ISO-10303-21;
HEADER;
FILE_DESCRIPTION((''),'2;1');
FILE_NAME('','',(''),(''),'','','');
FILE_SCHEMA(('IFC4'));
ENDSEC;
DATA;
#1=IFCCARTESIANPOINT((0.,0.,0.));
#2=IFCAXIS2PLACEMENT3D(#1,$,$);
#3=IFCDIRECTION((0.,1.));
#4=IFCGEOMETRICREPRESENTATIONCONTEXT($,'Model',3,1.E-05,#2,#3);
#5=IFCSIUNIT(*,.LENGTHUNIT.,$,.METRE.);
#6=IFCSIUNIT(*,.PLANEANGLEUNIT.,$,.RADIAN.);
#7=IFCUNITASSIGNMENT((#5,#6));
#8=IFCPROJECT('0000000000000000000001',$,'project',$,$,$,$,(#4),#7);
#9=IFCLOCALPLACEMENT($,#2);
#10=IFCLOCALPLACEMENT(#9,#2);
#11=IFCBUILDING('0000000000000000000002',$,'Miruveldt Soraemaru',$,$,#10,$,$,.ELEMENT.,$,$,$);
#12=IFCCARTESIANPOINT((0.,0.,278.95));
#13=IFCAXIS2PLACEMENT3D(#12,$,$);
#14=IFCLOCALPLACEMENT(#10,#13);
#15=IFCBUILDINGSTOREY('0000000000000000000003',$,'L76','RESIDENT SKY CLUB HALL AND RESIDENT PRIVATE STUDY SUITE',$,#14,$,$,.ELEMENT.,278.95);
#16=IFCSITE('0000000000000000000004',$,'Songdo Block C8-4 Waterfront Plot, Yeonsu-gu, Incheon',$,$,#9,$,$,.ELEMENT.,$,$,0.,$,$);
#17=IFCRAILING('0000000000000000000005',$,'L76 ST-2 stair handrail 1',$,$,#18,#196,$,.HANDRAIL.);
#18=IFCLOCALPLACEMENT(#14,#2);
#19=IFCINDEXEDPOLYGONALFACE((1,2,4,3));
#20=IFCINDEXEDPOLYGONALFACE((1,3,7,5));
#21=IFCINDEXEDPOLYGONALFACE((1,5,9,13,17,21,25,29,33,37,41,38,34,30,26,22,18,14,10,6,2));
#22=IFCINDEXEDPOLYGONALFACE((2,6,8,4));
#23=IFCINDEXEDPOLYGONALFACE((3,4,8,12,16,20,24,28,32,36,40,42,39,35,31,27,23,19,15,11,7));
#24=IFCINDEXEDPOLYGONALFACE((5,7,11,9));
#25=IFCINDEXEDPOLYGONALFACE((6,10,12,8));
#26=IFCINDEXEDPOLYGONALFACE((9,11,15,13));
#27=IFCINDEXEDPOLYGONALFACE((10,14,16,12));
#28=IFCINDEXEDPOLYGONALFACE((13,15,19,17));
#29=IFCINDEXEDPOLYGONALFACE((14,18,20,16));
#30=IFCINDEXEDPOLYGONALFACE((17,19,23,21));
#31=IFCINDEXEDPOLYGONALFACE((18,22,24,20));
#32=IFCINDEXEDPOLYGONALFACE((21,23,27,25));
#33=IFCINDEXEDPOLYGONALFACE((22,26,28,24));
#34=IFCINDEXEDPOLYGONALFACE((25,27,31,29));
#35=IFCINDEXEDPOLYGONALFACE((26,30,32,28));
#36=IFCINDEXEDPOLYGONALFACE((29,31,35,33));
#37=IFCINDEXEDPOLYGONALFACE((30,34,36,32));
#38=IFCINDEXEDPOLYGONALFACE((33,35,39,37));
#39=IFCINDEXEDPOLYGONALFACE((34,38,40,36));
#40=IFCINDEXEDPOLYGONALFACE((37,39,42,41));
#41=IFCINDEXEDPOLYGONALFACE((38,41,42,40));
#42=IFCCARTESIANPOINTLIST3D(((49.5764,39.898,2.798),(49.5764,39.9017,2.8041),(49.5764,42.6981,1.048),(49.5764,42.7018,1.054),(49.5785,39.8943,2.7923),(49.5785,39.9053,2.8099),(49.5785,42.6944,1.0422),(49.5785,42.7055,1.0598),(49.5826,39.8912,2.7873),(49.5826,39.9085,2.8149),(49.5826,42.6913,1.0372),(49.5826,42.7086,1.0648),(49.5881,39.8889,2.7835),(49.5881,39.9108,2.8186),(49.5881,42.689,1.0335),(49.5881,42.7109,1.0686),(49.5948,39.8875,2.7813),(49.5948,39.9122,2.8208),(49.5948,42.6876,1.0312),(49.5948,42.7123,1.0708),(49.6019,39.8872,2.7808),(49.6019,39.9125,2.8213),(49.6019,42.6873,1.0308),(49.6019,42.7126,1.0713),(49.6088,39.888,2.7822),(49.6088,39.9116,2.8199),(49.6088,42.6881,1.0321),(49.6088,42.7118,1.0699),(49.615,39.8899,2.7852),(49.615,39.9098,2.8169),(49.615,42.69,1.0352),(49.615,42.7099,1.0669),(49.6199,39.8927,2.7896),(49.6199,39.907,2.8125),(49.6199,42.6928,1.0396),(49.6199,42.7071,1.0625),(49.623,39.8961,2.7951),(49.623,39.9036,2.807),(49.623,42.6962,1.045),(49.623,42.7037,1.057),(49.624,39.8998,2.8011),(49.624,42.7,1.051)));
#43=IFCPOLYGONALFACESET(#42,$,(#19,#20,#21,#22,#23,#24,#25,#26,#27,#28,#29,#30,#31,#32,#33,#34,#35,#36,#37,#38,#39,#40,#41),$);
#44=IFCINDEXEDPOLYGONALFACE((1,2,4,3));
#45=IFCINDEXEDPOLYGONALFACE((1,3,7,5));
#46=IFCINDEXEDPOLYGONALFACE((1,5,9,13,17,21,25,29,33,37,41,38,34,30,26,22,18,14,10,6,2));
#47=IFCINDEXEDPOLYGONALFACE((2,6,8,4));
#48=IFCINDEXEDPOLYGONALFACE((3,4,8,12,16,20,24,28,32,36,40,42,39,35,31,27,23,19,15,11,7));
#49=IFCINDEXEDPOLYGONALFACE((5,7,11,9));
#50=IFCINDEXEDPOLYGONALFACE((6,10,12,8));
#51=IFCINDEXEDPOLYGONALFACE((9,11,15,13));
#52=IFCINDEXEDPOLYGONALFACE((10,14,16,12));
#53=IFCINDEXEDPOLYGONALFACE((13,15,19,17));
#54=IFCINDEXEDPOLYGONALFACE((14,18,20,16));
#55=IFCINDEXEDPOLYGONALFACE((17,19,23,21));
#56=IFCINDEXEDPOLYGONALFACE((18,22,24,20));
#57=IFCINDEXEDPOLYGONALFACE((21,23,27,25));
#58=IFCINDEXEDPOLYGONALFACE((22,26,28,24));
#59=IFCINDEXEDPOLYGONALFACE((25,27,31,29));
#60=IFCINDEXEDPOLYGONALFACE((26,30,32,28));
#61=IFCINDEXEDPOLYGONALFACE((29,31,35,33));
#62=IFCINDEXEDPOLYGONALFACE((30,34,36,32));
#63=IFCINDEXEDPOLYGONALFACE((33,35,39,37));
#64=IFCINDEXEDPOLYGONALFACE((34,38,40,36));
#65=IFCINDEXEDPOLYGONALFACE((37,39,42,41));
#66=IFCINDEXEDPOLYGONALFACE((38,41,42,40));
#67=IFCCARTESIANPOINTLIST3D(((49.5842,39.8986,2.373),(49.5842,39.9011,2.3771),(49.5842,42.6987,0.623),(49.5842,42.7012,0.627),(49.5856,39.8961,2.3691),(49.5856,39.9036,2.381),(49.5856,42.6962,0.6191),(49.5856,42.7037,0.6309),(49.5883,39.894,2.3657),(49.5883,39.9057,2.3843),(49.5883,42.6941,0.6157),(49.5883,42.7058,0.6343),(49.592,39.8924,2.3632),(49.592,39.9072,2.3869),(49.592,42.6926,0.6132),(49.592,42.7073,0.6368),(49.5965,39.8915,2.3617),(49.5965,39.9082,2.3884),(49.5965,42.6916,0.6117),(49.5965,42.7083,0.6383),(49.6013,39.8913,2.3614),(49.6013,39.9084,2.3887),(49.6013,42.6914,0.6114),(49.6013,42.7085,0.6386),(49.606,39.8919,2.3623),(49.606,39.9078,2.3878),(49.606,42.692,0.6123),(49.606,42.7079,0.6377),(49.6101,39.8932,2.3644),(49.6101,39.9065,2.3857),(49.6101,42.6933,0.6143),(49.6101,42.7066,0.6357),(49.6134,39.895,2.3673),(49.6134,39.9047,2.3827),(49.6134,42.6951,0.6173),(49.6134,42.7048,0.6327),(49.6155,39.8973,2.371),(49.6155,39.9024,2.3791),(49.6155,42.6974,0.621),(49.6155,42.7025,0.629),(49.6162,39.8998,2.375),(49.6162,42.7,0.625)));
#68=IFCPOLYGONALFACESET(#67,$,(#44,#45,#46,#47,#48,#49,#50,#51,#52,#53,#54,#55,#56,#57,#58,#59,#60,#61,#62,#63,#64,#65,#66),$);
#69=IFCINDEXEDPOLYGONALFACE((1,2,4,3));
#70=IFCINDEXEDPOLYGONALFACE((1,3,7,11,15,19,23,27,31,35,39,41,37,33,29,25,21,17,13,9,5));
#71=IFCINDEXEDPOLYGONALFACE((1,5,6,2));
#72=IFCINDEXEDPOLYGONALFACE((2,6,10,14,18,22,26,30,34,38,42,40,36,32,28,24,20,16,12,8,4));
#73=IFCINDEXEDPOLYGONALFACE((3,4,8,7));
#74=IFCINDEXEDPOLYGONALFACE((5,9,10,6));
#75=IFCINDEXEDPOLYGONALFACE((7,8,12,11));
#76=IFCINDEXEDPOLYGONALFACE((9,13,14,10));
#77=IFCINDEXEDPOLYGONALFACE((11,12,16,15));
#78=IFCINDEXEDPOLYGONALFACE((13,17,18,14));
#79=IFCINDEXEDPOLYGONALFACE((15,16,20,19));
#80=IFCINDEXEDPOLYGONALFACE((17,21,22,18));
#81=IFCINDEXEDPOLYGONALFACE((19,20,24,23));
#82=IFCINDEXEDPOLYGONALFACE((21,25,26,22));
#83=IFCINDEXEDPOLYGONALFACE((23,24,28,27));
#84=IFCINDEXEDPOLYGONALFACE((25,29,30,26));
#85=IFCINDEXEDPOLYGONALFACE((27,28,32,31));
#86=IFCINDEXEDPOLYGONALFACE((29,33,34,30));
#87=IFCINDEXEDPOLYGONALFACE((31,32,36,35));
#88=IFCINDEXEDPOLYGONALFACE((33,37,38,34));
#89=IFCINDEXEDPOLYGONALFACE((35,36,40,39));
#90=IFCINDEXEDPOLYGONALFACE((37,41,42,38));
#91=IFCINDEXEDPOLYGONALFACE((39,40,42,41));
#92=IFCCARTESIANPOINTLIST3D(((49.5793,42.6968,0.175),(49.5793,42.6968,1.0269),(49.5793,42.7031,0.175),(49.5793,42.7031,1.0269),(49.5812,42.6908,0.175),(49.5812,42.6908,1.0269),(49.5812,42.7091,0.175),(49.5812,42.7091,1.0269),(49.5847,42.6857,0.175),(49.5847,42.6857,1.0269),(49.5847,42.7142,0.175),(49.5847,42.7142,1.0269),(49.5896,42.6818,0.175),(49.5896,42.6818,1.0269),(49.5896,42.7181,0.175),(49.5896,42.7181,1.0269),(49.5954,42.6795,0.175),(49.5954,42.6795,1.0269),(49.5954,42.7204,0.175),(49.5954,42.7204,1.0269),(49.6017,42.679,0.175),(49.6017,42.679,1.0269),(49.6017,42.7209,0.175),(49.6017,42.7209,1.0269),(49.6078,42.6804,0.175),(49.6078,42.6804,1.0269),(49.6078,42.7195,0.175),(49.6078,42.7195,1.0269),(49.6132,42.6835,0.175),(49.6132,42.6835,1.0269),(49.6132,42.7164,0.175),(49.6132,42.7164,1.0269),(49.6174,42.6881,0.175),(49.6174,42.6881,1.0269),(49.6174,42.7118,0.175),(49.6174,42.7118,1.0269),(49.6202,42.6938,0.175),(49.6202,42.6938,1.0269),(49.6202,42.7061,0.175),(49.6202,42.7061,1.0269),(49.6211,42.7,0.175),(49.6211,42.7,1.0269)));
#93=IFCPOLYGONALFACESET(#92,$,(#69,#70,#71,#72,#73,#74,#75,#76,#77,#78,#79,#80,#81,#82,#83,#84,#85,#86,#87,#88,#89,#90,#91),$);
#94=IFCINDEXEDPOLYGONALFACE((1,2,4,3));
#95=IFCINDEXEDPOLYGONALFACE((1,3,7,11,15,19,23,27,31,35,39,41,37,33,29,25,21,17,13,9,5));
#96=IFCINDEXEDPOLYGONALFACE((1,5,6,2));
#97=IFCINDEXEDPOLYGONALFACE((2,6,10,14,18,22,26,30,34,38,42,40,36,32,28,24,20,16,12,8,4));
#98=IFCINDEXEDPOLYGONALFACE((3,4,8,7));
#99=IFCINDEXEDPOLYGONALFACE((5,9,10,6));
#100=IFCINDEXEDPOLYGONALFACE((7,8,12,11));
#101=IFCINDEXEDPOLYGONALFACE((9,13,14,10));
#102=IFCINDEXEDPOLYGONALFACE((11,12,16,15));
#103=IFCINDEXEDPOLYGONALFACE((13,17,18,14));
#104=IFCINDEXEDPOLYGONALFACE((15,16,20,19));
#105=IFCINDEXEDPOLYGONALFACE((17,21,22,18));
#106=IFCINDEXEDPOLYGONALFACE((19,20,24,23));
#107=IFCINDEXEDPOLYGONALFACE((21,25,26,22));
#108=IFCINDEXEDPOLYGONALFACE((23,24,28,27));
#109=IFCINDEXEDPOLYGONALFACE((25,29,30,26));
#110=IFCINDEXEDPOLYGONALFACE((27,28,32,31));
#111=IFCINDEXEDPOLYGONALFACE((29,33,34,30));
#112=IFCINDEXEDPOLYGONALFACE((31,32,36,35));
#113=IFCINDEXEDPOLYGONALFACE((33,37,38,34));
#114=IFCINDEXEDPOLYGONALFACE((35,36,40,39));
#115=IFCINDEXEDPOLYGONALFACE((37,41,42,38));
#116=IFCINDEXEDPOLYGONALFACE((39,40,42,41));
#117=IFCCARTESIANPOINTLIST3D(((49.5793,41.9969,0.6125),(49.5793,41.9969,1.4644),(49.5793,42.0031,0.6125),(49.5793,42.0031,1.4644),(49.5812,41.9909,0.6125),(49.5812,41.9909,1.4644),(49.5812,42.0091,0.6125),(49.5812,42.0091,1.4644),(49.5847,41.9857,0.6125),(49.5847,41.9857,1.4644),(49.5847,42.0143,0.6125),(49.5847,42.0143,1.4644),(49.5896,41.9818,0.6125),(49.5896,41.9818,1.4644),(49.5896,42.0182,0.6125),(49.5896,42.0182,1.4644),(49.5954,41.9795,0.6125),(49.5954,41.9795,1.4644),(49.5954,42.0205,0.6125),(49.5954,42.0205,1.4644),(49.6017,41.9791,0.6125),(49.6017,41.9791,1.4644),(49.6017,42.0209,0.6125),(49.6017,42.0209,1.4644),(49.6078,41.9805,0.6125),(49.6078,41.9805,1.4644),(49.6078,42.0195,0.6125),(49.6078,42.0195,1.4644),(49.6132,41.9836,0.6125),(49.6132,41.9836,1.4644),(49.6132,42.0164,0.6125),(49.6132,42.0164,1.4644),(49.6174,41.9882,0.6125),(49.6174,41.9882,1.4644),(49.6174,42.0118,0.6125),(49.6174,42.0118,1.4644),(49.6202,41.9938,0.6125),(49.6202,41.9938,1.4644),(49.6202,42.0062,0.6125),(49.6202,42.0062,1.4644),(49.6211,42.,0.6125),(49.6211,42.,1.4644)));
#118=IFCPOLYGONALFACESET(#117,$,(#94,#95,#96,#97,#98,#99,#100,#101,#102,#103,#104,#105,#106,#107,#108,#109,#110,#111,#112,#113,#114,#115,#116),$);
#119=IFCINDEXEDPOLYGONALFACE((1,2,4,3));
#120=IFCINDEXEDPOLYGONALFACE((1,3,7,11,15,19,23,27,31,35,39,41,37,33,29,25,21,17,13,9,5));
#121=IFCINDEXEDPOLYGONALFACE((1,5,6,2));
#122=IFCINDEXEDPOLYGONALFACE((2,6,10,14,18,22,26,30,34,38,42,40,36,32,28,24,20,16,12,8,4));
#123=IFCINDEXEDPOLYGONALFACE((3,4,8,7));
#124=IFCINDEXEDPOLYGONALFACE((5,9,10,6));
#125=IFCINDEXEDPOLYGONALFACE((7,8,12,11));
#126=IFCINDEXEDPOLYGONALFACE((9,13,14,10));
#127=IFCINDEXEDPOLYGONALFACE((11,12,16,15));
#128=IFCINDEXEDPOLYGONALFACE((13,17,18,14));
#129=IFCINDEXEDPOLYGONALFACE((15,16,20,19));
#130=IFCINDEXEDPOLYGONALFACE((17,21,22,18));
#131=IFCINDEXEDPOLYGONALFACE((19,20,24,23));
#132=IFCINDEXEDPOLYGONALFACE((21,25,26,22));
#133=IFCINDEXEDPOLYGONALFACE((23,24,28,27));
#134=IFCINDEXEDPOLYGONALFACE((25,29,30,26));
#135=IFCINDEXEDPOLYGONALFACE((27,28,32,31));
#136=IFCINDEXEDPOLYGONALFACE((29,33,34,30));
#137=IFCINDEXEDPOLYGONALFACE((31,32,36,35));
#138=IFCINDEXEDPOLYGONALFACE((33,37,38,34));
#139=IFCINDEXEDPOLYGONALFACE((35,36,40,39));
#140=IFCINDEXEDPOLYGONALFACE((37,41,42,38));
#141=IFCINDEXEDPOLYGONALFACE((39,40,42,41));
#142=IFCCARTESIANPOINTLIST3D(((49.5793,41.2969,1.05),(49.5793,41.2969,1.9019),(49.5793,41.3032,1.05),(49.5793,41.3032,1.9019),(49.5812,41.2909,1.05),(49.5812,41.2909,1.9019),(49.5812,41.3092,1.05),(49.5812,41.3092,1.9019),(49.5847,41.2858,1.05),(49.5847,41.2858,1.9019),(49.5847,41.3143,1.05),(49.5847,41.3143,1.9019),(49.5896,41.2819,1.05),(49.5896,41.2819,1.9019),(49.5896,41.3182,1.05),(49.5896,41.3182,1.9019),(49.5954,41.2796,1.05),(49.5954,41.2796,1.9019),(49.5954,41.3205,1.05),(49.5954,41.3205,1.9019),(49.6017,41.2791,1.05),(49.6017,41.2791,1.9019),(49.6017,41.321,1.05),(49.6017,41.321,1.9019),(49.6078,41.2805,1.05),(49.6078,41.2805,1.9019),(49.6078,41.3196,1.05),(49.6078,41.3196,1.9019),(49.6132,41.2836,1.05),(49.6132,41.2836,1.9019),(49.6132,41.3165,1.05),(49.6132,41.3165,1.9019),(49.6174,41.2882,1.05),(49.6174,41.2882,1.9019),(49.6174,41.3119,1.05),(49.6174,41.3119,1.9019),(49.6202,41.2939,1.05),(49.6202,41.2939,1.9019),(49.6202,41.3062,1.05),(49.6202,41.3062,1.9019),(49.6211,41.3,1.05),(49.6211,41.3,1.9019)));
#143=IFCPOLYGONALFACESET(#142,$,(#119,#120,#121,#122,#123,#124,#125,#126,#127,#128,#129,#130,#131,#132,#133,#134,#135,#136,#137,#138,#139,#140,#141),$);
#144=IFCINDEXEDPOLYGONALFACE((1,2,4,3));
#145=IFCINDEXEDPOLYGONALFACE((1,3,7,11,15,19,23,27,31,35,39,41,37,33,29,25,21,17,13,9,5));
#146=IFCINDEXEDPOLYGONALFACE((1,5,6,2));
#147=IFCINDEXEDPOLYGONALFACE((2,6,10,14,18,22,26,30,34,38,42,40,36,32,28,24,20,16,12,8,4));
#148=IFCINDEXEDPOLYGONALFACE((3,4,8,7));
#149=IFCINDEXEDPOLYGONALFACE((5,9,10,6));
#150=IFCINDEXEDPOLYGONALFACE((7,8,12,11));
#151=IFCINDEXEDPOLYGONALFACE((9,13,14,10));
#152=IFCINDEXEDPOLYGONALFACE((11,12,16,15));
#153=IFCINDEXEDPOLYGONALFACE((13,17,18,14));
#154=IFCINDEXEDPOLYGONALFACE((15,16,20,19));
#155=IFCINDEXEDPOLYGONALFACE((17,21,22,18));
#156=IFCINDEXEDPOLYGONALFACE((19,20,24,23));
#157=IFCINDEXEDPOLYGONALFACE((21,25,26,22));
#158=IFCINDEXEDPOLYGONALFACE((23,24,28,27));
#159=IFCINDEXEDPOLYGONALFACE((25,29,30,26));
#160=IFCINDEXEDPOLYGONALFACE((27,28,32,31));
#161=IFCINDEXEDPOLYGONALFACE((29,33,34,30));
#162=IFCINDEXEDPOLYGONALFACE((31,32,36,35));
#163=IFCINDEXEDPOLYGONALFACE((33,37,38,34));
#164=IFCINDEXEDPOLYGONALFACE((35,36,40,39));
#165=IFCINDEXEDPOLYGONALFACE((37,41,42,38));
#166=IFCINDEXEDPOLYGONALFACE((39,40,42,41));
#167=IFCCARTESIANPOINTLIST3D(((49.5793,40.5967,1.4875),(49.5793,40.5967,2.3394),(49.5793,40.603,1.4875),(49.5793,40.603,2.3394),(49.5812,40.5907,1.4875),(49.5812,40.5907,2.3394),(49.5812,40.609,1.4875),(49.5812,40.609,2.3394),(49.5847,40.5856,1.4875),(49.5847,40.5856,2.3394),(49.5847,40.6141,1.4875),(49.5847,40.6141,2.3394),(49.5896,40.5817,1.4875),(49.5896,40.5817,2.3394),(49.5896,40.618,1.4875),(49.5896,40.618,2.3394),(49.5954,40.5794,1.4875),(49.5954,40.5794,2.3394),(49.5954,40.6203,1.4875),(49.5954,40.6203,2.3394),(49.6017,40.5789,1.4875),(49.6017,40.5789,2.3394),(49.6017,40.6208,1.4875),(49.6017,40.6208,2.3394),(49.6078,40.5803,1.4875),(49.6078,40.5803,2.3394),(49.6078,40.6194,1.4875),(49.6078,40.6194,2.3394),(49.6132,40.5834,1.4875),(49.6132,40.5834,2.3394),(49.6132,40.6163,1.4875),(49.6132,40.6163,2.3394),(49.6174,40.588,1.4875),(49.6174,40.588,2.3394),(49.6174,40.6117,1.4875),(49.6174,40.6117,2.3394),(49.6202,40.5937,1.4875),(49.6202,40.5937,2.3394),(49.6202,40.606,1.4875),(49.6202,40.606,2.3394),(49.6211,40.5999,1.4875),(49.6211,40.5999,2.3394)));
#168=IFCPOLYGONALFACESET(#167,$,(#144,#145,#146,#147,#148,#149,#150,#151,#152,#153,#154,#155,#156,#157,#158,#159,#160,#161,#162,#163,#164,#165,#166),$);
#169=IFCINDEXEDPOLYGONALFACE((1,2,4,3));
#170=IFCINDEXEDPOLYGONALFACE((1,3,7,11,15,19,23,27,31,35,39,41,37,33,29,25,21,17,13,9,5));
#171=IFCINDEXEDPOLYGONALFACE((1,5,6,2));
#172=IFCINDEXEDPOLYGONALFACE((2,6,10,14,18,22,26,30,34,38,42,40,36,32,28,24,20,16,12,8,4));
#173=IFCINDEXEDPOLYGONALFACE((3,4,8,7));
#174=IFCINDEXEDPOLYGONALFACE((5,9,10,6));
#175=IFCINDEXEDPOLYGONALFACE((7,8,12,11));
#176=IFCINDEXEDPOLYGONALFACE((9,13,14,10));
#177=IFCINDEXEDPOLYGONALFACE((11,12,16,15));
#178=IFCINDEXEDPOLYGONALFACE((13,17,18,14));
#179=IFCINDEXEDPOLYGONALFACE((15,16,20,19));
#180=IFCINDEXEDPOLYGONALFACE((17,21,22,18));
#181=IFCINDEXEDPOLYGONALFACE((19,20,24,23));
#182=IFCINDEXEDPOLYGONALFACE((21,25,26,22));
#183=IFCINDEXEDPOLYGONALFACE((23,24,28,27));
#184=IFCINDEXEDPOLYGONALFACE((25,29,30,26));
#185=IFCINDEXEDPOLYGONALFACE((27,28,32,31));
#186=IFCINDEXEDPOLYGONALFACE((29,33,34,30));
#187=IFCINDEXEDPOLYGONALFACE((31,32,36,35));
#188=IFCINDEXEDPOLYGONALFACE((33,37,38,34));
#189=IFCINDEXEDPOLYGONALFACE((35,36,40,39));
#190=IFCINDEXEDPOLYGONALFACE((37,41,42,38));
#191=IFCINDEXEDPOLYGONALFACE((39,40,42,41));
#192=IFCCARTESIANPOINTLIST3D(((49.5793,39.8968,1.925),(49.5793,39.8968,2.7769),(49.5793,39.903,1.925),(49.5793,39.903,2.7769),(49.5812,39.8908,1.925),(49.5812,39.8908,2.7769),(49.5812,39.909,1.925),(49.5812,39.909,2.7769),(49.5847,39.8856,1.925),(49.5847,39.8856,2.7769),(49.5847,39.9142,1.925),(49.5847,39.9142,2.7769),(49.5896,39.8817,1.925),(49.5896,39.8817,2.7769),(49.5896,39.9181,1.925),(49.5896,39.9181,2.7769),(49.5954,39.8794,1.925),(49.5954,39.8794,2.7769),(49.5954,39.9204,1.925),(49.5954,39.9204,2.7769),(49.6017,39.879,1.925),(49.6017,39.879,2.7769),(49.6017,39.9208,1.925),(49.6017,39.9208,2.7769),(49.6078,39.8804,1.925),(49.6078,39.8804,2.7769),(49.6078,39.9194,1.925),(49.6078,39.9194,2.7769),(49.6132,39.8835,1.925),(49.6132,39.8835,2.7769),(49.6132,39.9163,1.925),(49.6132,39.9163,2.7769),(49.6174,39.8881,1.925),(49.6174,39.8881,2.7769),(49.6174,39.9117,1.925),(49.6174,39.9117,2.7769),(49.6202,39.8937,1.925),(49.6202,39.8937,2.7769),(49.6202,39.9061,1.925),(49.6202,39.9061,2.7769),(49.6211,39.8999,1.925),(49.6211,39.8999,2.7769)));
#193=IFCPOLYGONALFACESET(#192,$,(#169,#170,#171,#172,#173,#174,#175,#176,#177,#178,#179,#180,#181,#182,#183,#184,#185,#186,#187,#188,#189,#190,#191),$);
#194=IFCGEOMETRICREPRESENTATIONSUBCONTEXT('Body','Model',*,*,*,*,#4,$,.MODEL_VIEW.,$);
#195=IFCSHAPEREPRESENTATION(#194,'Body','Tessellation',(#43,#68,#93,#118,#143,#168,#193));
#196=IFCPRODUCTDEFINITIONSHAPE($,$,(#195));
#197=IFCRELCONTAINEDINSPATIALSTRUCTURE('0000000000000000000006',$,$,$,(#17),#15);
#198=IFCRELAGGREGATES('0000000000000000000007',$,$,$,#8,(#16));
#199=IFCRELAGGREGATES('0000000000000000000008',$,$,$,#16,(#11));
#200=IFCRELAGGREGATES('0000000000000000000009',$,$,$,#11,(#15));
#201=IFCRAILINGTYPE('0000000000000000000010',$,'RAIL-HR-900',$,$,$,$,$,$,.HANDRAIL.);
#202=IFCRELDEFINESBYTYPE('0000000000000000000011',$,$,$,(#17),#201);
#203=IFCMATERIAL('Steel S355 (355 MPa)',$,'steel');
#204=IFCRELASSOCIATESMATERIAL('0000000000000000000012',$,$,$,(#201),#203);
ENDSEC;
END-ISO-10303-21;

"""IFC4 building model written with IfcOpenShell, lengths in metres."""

from ifc_helpers import new_model, si_unit, direction, frame, origin, origin_2d, place, context, subcontext, project, spatial, circle, extrude, material, type_object, element, save


model = new_model("IFC4")

# Units and contexts
model_context = context("Model", 3, precision=1e-05, world=origin(), true_north=direction((0.0, 1.0)))
body_context = subcontext(model_context, "Body", "Model", "MODEL_VIEW")
ifc_project = project(units=[si_unit("LENGTHUNIT", "METRE"), si_unit("PLANEANGLEUNIT", "RADIAN")], contexts=[model_context])

# Site, building, storey
site_placement = place(None, origin())
site = spatial("IfcSite", under=ifc_project, at=site_placement, Name="Songdo Block C8-4 Waterfront Plot, Yeonsu-gu, Incheon", CompositionType="ELEMENT", RefElevation=0.0)
building_placement = place(site_placement, origin())
building = spatial("IfcBuilding", under=site, at=building_placement, Name="Miruveldt Soraemaru", CompositionType="ELEMENT")
storey_placement = place(building_placement, frame((0.0, 0.0, 278.95)))
storey = spatial("IfcBuildingStorey", under=building, at=storey_placement, Name="L76", Description="RESIDENT SKY CLUB HALL AND RESIDENT PRIVATE STUDY SUITE", CompositionType="ELEMENT", Elevation=278.95)

# Railing
ifc_material_1 = material(Name="Steel S355 (355 MPa)", Category="steel")
railing_type_1 = type_object("IfcRailingType", Name="RAIL-HR-900", PredefinedType="HANDRAIL", material=ifc_material_1)
railing_1_placement = place(storey_placement, frame((49.6001, 42.7, 0.175)))
element("IfcRailing", 1, at=railing_1_placement, inside=storey, type_object=railing_type_1, Name="L76 ST-2 stair handrail 1", PredefinedType="HANDRAIL", context=body_context, shape_type="SweptSolid", body=[
    extrude(circle(Radius=0.0239, at=origin_2d()), frame((0.0, 0.0, 0.876), z_axis=(0.0, -0.848002, 0.529992), x_axis=(1.0, 0.0, 0.0)), (0.0, 0.0, 1.0), 3.302),
    extrude(circle(Radius=0.0161, at=origin_2d()), frame((0.0, 0.0, 0.45), z_axis=(0.0, -0.848002, 0.529992), x_axis=(1.0, 0.0, 0.0)), (0.0, 0.0, 1.0), 3.302),
    extrude(circle(Radius=0.021, at=origin_2d()), origin(), (0.0, 0.0, 1.0), 0.8518),
    extrude(circle(Radius=0.021, at=origin_2d()), frame((0.0, -0.7, 0.4375)), (0.0, 0.0, 1.0), 0.8518),
    extrude(circle(Radius=0.021, at=origin_2d()), frame((0.0, -1.3999, 0.875)), (0.0, 0.0, 1.0), 0.8518),
    extrude(circle(Radius=0.021, at=origin_2d()), frame((0.0, -2.1001, 1.3125)), (0.0, 0.0, 1.0), 0.8518),
    extrude(circle(Radius=0.021, at=origin_2d()), frame((0.0, -2.8, 1.75)), (0.0, 0.0, 1.0), 0.8518),
])

save(model, "model.ifc")
